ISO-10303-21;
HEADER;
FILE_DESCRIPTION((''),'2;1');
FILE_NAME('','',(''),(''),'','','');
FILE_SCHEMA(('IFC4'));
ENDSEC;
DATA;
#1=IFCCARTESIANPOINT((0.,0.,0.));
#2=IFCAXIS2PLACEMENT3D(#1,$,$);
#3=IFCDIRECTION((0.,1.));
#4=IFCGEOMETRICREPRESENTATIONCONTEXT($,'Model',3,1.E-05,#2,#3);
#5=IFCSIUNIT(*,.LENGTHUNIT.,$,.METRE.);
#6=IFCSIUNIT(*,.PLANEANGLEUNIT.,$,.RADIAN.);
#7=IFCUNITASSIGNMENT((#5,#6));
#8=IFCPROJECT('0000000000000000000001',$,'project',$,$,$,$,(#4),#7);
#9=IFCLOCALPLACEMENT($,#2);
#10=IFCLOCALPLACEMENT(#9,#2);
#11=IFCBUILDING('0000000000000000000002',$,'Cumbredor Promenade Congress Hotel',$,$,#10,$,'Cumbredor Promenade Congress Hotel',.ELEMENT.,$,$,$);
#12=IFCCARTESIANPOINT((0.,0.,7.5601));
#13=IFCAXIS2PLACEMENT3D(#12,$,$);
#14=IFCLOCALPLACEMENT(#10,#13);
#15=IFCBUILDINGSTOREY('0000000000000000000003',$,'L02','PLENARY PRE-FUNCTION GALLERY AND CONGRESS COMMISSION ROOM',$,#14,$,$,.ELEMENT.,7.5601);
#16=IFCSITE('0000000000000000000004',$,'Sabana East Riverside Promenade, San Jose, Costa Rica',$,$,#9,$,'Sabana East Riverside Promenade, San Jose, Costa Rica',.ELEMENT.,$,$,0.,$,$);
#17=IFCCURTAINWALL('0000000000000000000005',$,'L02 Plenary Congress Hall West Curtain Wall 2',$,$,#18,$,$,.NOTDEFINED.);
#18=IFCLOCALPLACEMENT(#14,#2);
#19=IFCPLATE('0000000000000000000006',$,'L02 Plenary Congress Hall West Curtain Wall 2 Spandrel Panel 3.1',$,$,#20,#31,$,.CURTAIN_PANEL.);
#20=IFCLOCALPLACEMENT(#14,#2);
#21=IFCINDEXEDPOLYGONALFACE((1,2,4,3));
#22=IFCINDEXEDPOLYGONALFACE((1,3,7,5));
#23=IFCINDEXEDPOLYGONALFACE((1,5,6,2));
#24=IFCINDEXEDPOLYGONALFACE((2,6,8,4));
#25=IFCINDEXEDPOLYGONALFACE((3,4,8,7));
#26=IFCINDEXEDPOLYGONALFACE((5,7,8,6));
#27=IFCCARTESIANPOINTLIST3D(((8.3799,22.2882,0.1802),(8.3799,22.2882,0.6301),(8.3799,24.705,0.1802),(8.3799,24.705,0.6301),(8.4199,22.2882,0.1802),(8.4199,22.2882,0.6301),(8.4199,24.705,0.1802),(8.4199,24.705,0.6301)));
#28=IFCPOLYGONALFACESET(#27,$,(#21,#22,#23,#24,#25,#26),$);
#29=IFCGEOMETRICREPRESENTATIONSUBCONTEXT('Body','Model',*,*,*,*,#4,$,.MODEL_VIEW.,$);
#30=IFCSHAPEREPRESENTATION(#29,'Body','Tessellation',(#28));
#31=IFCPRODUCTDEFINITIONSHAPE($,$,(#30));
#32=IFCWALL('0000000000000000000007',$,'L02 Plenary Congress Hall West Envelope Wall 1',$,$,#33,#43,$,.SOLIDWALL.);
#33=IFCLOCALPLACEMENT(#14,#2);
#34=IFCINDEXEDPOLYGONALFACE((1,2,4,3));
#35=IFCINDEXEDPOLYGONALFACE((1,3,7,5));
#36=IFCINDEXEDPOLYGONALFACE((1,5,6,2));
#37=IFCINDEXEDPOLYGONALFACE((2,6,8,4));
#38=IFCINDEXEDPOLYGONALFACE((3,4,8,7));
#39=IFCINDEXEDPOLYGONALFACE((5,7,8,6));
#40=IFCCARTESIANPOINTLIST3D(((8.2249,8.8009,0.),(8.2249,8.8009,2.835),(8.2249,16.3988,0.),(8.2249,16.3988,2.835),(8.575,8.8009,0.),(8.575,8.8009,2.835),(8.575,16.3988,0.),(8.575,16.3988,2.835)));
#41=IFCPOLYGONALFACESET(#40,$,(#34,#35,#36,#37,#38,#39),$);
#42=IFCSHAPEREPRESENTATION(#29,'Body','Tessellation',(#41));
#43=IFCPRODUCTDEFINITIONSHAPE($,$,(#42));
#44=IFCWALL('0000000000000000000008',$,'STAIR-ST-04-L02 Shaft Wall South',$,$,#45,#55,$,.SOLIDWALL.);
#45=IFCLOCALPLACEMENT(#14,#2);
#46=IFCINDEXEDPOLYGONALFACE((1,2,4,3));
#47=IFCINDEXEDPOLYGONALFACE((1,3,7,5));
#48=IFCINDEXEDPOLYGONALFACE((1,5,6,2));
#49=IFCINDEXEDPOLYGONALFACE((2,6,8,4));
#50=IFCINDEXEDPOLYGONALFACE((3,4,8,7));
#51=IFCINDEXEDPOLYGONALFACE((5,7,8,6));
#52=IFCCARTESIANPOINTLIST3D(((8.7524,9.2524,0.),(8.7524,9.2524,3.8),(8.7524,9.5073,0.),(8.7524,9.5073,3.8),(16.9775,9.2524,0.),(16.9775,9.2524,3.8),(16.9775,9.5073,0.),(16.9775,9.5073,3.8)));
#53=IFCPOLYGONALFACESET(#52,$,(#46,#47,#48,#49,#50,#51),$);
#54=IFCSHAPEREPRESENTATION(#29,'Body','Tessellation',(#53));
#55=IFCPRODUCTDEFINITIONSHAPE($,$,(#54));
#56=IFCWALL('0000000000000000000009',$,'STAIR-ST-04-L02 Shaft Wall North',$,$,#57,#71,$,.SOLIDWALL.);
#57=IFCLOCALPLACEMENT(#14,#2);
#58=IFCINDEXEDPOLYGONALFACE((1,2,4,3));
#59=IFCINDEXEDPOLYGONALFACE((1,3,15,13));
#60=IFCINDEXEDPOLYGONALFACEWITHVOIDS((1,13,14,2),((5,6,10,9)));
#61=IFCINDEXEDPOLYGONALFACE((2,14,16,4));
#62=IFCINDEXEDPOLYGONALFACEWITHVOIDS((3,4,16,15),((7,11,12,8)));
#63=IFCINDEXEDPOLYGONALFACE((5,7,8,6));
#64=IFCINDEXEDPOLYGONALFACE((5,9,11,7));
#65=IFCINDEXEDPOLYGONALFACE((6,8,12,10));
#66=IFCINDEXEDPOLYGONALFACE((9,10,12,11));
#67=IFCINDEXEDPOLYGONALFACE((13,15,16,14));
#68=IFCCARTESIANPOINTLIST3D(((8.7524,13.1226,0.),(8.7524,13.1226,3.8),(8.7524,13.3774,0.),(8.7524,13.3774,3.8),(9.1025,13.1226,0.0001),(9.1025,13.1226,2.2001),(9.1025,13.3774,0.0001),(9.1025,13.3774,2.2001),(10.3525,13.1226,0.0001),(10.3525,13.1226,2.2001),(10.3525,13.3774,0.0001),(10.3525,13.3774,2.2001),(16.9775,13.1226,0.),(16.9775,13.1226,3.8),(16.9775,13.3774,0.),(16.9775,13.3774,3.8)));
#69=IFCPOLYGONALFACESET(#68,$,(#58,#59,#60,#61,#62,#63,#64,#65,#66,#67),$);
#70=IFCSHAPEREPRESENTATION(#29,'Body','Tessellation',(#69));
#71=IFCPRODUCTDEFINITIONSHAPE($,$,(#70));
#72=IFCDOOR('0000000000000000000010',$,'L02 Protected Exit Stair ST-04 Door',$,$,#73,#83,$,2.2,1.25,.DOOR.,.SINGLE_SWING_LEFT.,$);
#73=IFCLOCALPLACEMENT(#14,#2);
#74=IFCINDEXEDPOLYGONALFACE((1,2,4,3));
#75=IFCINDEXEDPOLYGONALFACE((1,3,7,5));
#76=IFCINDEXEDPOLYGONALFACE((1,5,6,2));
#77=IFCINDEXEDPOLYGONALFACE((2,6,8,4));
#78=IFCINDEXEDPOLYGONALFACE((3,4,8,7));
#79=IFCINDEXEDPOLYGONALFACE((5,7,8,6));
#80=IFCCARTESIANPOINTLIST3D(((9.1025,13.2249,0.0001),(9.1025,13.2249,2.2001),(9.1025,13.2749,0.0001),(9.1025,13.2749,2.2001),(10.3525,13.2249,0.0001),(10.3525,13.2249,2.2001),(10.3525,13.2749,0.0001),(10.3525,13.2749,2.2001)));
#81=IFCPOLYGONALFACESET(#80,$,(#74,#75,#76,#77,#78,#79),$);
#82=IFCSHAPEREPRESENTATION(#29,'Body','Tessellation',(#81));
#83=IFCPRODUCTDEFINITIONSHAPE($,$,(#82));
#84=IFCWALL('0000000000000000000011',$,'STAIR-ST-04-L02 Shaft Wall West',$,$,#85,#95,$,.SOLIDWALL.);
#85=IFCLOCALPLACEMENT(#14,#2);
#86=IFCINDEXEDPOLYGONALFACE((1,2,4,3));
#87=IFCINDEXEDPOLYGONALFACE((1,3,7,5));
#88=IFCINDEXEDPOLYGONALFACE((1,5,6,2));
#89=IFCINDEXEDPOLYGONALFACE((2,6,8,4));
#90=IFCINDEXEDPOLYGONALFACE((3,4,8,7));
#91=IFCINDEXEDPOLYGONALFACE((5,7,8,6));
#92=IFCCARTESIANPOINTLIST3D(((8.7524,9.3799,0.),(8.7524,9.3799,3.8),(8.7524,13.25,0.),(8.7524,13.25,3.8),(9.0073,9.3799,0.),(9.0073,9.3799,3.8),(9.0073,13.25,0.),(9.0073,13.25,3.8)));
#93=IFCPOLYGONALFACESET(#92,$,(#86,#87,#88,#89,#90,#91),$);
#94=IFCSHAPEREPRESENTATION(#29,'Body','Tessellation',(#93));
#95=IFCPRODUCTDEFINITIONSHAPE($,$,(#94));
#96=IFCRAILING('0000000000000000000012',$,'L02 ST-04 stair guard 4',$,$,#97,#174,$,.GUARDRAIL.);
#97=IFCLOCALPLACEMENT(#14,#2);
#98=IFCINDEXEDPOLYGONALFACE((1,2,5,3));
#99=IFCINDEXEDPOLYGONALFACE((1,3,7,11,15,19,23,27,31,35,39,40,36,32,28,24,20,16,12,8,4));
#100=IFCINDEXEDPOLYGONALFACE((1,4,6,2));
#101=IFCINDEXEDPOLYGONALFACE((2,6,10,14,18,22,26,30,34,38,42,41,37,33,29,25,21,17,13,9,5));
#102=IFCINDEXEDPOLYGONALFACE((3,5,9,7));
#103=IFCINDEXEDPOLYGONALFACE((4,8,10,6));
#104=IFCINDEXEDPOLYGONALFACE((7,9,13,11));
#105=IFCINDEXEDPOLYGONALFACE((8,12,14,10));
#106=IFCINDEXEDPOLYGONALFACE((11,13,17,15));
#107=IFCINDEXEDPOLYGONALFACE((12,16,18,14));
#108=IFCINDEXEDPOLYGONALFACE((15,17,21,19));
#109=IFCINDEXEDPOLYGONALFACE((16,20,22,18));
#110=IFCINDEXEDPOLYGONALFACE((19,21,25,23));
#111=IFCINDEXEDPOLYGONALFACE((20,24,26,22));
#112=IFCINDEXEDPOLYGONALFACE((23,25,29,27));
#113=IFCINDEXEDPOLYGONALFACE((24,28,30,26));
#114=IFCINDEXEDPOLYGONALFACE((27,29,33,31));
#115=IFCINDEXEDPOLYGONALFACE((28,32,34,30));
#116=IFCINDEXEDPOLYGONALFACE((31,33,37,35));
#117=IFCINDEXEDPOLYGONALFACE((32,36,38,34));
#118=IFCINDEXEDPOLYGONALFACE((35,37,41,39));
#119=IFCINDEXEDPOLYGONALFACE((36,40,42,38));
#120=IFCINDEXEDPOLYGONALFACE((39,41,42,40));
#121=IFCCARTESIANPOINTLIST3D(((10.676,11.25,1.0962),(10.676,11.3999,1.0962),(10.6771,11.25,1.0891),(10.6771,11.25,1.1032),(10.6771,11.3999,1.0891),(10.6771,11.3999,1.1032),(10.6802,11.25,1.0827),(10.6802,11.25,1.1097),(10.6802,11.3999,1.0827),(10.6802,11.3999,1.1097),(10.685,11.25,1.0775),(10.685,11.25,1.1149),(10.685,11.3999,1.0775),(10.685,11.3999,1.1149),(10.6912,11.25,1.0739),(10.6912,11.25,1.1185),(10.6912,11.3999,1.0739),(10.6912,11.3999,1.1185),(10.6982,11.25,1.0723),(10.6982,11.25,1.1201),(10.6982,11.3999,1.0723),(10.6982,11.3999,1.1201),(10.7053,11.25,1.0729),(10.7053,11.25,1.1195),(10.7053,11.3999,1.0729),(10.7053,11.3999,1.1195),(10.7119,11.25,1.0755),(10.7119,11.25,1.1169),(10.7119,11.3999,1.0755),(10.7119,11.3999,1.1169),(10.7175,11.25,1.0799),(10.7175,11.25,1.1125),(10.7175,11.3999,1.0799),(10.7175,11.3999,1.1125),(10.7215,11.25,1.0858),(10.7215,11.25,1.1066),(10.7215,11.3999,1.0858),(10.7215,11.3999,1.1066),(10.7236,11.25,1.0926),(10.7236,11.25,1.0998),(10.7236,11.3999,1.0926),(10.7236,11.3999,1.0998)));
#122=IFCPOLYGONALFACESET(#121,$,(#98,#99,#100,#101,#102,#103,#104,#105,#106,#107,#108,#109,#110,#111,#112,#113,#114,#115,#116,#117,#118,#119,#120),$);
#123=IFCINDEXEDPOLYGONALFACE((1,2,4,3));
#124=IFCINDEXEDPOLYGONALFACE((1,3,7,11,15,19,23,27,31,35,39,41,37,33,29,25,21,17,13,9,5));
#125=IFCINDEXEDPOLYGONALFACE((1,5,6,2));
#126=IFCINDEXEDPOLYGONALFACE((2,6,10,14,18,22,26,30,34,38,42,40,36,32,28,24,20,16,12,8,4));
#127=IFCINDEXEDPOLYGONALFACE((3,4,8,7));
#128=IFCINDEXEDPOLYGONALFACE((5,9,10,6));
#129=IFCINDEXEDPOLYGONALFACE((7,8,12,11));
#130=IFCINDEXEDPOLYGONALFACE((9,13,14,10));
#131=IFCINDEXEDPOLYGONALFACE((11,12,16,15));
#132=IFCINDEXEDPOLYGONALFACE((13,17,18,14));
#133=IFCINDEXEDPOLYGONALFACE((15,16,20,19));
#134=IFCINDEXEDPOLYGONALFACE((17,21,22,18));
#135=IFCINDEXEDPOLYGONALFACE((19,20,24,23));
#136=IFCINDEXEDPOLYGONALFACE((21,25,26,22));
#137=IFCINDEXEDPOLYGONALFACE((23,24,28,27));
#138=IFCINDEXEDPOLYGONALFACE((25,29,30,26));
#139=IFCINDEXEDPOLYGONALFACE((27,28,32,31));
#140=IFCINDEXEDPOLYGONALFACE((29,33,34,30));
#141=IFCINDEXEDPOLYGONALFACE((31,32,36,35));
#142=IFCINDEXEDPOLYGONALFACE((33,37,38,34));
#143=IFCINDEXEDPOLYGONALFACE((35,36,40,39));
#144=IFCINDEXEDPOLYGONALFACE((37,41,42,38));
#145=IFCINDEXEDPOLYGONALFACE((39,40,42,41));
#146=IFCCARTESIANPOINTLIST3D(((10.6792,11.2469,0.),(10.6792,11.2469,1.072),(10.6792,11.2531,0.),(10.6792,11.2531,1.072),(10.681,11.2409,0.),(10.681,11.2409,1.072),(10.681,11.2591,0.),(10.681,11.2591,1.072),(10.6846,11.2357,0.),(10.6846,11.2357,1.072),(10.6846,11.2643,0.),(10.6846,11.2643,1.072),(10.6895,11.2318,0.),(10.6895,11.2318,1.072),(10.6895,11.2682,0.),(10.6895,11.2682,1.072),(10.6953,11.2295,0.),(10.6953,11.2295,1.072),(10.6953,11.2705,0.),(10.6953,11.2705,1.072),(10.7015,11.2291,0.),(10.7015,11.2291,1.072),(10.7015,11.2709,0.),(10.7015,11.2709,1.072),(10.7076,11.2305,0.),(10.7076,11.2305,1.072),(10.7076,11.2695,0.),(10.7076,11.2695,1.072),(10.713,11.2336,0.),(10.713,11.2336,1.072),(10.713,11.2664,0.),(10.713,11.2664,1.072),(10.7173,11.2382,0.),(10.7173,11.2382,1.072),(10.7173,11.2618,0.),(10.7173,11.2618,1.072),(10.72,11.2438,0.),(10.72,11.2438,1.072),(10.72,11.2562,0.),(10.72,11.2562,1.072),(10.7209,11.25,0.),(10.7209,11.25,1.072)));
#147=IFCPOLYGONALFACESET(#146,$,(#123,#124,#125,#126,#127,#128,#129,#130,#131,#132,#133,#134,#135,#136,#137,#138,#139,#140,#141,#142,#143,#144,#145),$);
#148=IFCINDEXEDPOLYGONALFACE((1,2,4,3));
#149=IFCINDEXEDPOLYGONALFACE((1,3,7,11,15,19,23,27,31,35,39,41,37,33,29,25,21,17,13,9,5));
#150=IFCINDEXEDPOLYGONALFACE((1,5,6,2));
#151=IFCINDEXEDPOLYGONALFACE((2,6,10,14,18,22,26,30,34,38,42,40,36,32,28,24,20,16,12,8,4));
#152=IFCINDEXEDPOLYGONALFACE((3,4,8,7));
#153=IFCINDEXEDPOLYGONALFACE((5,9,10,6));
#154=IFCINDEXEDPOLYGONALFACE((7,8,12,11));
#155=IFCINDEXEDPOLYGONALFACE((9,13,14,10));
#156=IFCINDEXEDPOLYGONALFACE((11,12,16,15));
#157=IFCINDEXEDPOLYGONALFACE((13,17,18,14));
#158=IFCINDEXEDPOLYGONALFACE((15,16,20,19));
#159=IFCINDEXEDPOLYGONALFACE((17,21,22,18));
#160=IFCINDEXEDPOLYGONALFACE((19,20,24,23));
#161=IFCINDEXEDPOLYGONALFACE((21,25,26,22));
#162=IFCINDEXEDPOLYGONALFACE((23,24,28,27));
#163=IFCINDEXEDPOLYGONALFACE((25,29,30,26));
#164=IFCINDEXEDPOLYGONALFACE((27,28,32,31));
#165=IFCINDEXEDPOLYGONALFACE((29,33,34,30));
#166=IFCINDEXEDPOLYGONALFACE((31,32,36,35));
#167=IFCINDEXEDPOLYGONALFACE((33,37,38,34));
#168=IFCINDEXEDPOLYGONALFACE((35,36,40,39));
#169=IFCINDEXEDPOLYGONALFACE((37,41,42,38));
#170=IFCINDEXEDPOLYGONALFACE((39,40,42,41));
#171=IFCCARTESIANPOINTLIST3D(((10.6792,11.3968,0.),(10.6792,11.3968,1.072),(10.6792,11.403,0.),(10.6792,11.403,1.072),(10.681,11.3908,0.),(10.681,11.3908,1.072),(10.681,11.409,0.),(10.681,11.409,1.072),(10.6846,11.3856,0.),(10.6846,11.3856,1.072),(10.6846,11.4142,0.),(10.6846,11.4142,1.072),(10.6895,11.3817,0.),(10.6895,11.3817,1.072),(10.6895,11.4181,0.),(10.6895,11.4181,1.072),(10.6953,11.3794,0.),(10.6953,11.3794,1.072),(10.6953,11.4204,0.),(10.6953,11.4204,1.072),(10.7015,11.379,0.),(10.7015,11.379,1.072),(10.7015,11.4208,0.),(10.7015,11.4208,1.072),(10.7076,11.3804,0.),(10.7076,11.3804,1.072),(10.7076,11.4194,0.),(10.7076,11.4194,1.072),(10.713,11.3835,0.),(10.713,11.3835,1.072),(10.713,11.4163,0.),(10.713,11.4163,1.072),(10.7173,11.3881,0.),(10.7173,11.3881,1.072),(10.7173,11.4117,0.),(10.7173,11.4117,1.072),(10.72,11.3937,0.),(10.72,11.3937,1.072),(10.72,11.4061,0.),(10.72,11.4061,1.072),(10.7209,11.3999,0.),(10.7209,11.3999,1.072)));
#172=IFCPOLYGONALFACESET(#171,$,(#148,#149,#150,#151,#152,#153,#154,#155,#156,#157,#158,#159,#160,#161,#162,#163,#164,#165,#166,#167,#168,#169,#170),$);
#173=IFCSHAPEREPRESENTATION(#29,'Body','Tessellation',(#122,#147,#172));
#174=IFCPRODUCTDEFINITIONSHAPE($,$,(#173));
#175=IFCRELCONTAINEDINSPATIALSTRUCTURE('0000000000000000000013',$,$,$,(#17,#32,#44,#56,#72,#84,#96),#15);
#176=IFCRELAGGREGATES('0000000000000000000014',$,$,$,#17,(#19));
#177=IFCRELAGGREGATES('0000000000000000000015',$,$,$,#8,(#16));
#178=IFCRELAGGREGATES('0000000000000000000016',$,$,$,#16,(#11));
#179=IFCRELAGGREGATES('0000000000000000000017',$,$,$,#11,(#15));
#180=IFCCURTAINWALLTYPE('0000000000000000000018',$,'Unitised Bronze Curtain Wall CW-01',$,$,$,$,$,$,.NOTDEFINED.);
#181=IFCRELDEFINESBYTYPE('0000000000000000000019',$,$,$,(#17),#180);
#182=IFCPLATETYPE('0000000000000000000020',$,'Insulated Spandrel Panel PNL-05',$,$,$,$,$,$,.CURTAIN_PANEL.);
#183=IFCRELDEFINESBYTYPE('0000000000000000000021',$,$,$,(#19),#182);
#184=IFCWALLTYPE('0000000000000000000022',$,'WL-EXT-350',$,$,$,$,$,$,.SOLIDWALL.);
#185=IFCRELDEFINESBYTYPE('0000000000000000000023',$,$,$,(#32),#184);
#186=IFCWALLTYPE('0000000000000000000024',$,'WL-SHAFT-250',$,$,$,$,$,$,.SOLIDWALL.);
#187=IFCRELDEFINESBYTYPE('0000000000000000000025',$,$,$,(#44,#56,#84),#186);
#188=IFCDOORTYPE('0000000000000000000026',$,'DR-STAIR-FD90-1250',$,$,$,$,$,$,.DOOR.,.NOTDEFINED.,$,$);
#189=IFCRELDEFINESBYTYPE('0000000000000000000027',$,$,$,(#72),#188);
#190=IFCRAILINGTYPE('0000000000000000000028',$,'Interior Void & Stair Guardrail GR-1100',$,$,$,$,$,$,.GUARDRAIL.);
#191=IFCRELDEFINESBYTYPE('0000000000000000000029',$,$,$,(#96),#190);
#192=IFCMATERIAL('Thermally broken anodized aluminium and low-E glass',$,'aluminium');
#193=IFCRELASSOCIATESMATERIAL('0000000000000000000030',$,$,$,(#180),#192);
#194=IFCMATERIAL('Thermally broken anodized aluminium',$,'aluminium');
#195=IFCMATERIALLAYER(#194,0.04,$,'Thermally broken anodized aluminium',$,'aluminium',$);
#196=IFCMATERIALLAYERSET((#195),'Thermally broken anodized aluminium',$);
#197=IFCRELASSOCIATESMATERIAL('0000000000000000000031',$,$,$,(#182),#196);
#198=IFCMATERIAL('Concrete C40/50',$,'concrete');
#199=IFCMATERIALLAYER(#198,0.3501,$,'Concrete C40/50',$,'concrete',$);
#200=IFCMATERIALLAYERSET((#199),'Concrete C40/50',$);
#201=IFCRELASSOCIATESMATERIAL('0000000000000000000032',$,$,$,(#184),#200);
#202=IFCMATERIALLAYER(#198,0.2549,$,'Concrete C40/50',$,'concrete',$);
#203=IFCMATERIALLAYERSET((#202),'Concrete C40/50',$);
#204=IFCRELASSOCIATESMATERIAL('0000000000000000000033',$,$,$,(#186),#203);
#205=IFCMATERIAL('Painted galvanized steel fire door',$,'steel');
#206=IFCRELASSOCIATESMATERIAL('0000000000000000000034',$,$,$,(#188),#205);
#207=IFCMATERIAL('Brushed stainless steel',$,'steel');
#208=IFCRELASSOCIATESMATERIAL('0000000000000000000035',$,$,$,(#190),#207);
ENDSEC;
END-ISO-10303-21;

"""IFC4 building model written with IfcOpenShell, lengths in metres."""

from ifc_helpers import new_model, si_unit, direction, frame, frame_2d, origin, origin_2d, place, context, subcontext, project, spatial, rectangle, circle, extrude, material, layer, layer_set, type_object, element, fill, aggregate, save


model = new_model("IFC4")

# Units and contexts
model_context = context("Model", 3, precision=1e-05, world=origin(), true_north=direction((0.0, 1.0)))
body_context = subcontext(model_context, "Body", "Model", "MODEL_VIEW")
ifc_project = project(units=[si_unit("LENGTHUNIT", "METRE"), si_unit("PLANEANGLEUNIT", "RADIAN")], contexts=[model_context])

# Site, building, storey
site_placement = place(None, origin())
site = spatial("IfcSite", under=ifc_project, at=site_placement, Name="Sabana East Riverside Promenade, San Jose, Costa Rica", LongName="Sabana East Riverside Promenade, San Jose, Costa Rica", CompositionType="ELEMENT", RefElevation=0.0)
building_placement = place(site_placement, origin())
building = spatial("IfcBuilding", under=site, at=building_placement, Name="Cumbredor Promenade Congress Hotel", LongName="Cumbredor Promenade Congress Hotel", CompositionType="ELEMENT")
storey_placement = place(building_placement, frame((0.0, 0.0, 7.5601)))
storey = spatial("IfcBuildingStorey", under=building, at=storey_placement, Name="L02", Description="PLENARY PRE-FUNCTION GALLERY AND CONGRESS COMMISSION ROOM", CompositionType="ELEMENT", Elevation=7.5601)

# Shared definitions
ifc_material_1 = material(Name="Concrete C40/50", Category="concrete")

# Curtain wall
ifc_material_2 = material(Name="Thermally broken anodized aluminium and low-E glass", Category="aluminium")
curtain_wall_type = type_object("IfcCurtainWallType", Name="Unitised Bronze Curtain Wall CW-01", PredefinedType="NOTDEFINED", material=ifc_material_2)
curtain_wall_placement = place(storey_placement, origin())
curtain_wall = element("IfcCurtainWall", 1, at=curtain_wall_placement, inside=storey, type_object=curtain_wall_type, Name="L02 Plenary Congress Hall West Curtain Wall 2", PredefinedType="NOTDEFINED")
ifc_material_3 = material(Name="Thermally broken anodized aluminium", Category="aluminium")

# Plate
ifc_layer_1 = layer(ifc_material_3, 0.04, Name="Thermally broken anodized aluminium", Category="aluminium")
ifc_layer_set_1 = layer_set([ifc_layer_1], Name="Thermally broken anodized aluminium")
plate_type_1 = type_object("IfcPlateType", Name="Insulated Spandrel Panel PNL-05", PredefinedType="CURTAIN_PANEL", material=ifc_layer_set_1)
plate_1_placement = place(storey_placement, frame((8.3999, 23.4966, 0.1802), z_axis=(0.0, 0.0, 1.0), x_axis=(0.0, 1.0, 0.0)))
plate_1 = element("IfcPlate", 2, at=plate_1_placement, type_object=plate_type_1, Name="L02 Plenary Congress Hall West Curtain Wall 2 Spandrel Panel 3.1", PredefinedType="CURTAIN_PANEL", context=body_context, shape_type="SweptSolid", body=[
    extrude(rectangle(XDim=2.4167, YDim=0.04, at=origin_2d()), origin(), (0.0, 0.0, 1.0), 0.45),
])
aggregate(curtain_wall, [plate_1])

# Walls
ifc_layer_2 = layer(ifc_material_1, 0.3501, Name="Concrete C40/50", Category="concrete")
ifc_layer_set_2 = layer_set([ifc_layer_2], Name="Concrete C40/50")
wall_type_1 = type_object("IfcWallType", Name="WL-EXT-350", PredefinedType="SOLIDWALL", material=ifc_layer_set_2)
wall_1_placement = place(storey_placement, frame((8.3999, 8.801, 0.0), z_axis=(0.0, 0.0, 1.0), x_axis=(0.0, 1.0, 0.0)))
element("IfcWall", 3, at=wall_1_placement, inside=storey, type_object=wall_type_1, Name="L02 Plenary Congress Hall West Envelope Wall 1", PredefinedType="SOLIDWALL", context=body_context, shape_type="SweptSolid", body=[
    extrude(rectangle(XDim=7.5979, YDim=0.3501, at=frame_2d((3.7988, 0.0))), origin(), (0.0, 0.0, 1.0), 2.835),
])
ifc_layer_3 = layer(ifc_material_1, 0.2549, Name="Concrete C40/50", Category="concrete")
ifc_layer_set_3 = layer_set([ifc_layer_3], Name="Concrete C40/50")
wall_type_2 = type_object("IfcWallType", Name="WL-SHAFT-250", PredefinedType="SOLIDWALL", material=ifc_layer_set_3)
wall_2_placement = place(storey_placement, frame((8.7524, 9.3799, 0.0), z_axis=(0.0, 0.0, 1.0), x_axis=(1.0, 0.0, 0.0)))
element("IfcWall", 4, at=wall_2_placement, inside=storey, type_object=wall_type_2, Name="STAIR-ST-04-L02 Shaft Wall South", PredefinedType="SOLIDWALL", context=body_context, shape_type="SweptSolid", body=[
    extrude(rectangle(XDim=8.2251, YDim=0.2549, at=frame_2d((4.1125, 0.0))), origin(), (0.0, 0.0, 1.0), 3.8),
])

# Wall, opening, door
wall_3_placement = place(storey_placement, frame((8.7524, 13.25, 0.0), z_axis=(0.0, 0.0, 1.0), x_axis=(1.0, 0.0, 0.0)))
wall_3 = element("IfcWall", 5, at=wall_3_placement, inside=storey, type_object=wall_type_2, Name="STAIR-ST-04-L02 Shaft Wall North", PredefinedType="SOLIDWALL", context=body_context, shape_type="SweptSolid", body=[
    extrude(rectangle(XDim=8.2251, YDim=0.2549, at=frame_2d((4.1125, 0.0))), origin(), (0.0, 0.0, 1.0), 3.8),
])
opening_placement = place(wall_3_placement, frame((0.3501, 0.0, 0.0)))
opening = element("IfcOpeningElement", 6, at=opening_placement, cuts=wall_3, PredefinedType="OPENING", context=body_context, shape_type="SweptSolid", body=[
    extrude(rectangle(XDim=1.25, YDim=2.2, at=frame_2d((0.625, 1.1001))), frame((0.0, 0.1375, 0.0), z_axis=(0.0, -1.0, 0.0), x_axis=(1.0, 0.0, 0.0)), (0.0, 0.0, 1.0), 0.2749),
])
ifc_material_4 = material(Name="Painted galvanized steel fire door", Category="steel")
door_type = type_object("IfcDoorType", Name="DR-STAIR-FD90-1250", OperationType="NOTDEFINED", PredefinedType="DOOR", material=ifc_material_4)
door_placement = place(opening_placement, origin())
door = element("IfcDoor", 7, at=door_placement, inside=storey, type_object=door_type, Name="L02 Protected Exit Stair ST-04 Door", OperationType="SINGLE_SWING_LEFT", OverallHeight=2.2, OverallWidth=1.25, PredefinedType="DOOR", context=body_context, shape_type="SweptSolid", body=[
    extrude(rectangle(XDim=1.25, YDim=2.2, at=frame_2d((0.625, 1.1001))), frame((0.0, 0.0249, 0.0), z_axis=(0.0, -1.0, 0.0), x_axis=(1.0, 0.0, 0.0)), (0.0, 0.0, 1.0), 0.05),
])
fill(opening, door)

# Wall
wall_4_placement = place(storey_placement, frame((8.8799, 9.3799, 0.0), z_axis=(0.0, 0.0, 1.0), x_axis=(0.0, 1.0, 0.0)))
element("IfcWall", 8, at=wall_4_placement, inside=storey, type_object=wall_type_2, Name="STAIR-ST-04-L02 Shaft Wall West", PredefinedType="SOLIDWALL", context=body_context, shape_type="SweptSolid", body=[
    extrude(rectangle(XDim=3.8701, YDim=0.2549, at=frame_2d((1.9351, 0.0))), origin(), (0.0, 0.0, 1.0), 3.8),
])

# Railing
ifc_material_5 = material(Name="Brushed stainless steel", Category="steel")
railing_type = type_object("IfcRailingType", Name="Interior Void & Stair Guardrail GR-1100", PredefinedType="GUARDRAIL", material=ifc_material_5)
railing_placement = place(storey_placement, frame((10.7, 11.25, 0.0)))
element("IfcRailing", 9, at=railing_placement, inside=storey, type_object=railing_type, Name="L02 ST-04 stair guard 4", PredefinedType="GUARDRAIL", context=body_context, shape_type="SweptSolid", body=[
    extrude(circle(Radius=0.0239, at=origin_2d()), frame((0.0, 0.0, 1.0962), z_axis=(0.0, 1.0, 0.0), x_axis=(-1.0, 0.0, 0.0)), (0.0, 0.0, 1.0), 0.1499),
    extrude(circle(Radius=0.021, at=origin_2d()), origin(), (0.0, 0.0, 1.0), 1.072),
    extrude(circle(Radius=0.021, at=origin_2d()), frame((0.0, 0.1499, 0.0)), (0.0, 0.0, 1.0), 1.072),
])

save(model, "model.ifc")
